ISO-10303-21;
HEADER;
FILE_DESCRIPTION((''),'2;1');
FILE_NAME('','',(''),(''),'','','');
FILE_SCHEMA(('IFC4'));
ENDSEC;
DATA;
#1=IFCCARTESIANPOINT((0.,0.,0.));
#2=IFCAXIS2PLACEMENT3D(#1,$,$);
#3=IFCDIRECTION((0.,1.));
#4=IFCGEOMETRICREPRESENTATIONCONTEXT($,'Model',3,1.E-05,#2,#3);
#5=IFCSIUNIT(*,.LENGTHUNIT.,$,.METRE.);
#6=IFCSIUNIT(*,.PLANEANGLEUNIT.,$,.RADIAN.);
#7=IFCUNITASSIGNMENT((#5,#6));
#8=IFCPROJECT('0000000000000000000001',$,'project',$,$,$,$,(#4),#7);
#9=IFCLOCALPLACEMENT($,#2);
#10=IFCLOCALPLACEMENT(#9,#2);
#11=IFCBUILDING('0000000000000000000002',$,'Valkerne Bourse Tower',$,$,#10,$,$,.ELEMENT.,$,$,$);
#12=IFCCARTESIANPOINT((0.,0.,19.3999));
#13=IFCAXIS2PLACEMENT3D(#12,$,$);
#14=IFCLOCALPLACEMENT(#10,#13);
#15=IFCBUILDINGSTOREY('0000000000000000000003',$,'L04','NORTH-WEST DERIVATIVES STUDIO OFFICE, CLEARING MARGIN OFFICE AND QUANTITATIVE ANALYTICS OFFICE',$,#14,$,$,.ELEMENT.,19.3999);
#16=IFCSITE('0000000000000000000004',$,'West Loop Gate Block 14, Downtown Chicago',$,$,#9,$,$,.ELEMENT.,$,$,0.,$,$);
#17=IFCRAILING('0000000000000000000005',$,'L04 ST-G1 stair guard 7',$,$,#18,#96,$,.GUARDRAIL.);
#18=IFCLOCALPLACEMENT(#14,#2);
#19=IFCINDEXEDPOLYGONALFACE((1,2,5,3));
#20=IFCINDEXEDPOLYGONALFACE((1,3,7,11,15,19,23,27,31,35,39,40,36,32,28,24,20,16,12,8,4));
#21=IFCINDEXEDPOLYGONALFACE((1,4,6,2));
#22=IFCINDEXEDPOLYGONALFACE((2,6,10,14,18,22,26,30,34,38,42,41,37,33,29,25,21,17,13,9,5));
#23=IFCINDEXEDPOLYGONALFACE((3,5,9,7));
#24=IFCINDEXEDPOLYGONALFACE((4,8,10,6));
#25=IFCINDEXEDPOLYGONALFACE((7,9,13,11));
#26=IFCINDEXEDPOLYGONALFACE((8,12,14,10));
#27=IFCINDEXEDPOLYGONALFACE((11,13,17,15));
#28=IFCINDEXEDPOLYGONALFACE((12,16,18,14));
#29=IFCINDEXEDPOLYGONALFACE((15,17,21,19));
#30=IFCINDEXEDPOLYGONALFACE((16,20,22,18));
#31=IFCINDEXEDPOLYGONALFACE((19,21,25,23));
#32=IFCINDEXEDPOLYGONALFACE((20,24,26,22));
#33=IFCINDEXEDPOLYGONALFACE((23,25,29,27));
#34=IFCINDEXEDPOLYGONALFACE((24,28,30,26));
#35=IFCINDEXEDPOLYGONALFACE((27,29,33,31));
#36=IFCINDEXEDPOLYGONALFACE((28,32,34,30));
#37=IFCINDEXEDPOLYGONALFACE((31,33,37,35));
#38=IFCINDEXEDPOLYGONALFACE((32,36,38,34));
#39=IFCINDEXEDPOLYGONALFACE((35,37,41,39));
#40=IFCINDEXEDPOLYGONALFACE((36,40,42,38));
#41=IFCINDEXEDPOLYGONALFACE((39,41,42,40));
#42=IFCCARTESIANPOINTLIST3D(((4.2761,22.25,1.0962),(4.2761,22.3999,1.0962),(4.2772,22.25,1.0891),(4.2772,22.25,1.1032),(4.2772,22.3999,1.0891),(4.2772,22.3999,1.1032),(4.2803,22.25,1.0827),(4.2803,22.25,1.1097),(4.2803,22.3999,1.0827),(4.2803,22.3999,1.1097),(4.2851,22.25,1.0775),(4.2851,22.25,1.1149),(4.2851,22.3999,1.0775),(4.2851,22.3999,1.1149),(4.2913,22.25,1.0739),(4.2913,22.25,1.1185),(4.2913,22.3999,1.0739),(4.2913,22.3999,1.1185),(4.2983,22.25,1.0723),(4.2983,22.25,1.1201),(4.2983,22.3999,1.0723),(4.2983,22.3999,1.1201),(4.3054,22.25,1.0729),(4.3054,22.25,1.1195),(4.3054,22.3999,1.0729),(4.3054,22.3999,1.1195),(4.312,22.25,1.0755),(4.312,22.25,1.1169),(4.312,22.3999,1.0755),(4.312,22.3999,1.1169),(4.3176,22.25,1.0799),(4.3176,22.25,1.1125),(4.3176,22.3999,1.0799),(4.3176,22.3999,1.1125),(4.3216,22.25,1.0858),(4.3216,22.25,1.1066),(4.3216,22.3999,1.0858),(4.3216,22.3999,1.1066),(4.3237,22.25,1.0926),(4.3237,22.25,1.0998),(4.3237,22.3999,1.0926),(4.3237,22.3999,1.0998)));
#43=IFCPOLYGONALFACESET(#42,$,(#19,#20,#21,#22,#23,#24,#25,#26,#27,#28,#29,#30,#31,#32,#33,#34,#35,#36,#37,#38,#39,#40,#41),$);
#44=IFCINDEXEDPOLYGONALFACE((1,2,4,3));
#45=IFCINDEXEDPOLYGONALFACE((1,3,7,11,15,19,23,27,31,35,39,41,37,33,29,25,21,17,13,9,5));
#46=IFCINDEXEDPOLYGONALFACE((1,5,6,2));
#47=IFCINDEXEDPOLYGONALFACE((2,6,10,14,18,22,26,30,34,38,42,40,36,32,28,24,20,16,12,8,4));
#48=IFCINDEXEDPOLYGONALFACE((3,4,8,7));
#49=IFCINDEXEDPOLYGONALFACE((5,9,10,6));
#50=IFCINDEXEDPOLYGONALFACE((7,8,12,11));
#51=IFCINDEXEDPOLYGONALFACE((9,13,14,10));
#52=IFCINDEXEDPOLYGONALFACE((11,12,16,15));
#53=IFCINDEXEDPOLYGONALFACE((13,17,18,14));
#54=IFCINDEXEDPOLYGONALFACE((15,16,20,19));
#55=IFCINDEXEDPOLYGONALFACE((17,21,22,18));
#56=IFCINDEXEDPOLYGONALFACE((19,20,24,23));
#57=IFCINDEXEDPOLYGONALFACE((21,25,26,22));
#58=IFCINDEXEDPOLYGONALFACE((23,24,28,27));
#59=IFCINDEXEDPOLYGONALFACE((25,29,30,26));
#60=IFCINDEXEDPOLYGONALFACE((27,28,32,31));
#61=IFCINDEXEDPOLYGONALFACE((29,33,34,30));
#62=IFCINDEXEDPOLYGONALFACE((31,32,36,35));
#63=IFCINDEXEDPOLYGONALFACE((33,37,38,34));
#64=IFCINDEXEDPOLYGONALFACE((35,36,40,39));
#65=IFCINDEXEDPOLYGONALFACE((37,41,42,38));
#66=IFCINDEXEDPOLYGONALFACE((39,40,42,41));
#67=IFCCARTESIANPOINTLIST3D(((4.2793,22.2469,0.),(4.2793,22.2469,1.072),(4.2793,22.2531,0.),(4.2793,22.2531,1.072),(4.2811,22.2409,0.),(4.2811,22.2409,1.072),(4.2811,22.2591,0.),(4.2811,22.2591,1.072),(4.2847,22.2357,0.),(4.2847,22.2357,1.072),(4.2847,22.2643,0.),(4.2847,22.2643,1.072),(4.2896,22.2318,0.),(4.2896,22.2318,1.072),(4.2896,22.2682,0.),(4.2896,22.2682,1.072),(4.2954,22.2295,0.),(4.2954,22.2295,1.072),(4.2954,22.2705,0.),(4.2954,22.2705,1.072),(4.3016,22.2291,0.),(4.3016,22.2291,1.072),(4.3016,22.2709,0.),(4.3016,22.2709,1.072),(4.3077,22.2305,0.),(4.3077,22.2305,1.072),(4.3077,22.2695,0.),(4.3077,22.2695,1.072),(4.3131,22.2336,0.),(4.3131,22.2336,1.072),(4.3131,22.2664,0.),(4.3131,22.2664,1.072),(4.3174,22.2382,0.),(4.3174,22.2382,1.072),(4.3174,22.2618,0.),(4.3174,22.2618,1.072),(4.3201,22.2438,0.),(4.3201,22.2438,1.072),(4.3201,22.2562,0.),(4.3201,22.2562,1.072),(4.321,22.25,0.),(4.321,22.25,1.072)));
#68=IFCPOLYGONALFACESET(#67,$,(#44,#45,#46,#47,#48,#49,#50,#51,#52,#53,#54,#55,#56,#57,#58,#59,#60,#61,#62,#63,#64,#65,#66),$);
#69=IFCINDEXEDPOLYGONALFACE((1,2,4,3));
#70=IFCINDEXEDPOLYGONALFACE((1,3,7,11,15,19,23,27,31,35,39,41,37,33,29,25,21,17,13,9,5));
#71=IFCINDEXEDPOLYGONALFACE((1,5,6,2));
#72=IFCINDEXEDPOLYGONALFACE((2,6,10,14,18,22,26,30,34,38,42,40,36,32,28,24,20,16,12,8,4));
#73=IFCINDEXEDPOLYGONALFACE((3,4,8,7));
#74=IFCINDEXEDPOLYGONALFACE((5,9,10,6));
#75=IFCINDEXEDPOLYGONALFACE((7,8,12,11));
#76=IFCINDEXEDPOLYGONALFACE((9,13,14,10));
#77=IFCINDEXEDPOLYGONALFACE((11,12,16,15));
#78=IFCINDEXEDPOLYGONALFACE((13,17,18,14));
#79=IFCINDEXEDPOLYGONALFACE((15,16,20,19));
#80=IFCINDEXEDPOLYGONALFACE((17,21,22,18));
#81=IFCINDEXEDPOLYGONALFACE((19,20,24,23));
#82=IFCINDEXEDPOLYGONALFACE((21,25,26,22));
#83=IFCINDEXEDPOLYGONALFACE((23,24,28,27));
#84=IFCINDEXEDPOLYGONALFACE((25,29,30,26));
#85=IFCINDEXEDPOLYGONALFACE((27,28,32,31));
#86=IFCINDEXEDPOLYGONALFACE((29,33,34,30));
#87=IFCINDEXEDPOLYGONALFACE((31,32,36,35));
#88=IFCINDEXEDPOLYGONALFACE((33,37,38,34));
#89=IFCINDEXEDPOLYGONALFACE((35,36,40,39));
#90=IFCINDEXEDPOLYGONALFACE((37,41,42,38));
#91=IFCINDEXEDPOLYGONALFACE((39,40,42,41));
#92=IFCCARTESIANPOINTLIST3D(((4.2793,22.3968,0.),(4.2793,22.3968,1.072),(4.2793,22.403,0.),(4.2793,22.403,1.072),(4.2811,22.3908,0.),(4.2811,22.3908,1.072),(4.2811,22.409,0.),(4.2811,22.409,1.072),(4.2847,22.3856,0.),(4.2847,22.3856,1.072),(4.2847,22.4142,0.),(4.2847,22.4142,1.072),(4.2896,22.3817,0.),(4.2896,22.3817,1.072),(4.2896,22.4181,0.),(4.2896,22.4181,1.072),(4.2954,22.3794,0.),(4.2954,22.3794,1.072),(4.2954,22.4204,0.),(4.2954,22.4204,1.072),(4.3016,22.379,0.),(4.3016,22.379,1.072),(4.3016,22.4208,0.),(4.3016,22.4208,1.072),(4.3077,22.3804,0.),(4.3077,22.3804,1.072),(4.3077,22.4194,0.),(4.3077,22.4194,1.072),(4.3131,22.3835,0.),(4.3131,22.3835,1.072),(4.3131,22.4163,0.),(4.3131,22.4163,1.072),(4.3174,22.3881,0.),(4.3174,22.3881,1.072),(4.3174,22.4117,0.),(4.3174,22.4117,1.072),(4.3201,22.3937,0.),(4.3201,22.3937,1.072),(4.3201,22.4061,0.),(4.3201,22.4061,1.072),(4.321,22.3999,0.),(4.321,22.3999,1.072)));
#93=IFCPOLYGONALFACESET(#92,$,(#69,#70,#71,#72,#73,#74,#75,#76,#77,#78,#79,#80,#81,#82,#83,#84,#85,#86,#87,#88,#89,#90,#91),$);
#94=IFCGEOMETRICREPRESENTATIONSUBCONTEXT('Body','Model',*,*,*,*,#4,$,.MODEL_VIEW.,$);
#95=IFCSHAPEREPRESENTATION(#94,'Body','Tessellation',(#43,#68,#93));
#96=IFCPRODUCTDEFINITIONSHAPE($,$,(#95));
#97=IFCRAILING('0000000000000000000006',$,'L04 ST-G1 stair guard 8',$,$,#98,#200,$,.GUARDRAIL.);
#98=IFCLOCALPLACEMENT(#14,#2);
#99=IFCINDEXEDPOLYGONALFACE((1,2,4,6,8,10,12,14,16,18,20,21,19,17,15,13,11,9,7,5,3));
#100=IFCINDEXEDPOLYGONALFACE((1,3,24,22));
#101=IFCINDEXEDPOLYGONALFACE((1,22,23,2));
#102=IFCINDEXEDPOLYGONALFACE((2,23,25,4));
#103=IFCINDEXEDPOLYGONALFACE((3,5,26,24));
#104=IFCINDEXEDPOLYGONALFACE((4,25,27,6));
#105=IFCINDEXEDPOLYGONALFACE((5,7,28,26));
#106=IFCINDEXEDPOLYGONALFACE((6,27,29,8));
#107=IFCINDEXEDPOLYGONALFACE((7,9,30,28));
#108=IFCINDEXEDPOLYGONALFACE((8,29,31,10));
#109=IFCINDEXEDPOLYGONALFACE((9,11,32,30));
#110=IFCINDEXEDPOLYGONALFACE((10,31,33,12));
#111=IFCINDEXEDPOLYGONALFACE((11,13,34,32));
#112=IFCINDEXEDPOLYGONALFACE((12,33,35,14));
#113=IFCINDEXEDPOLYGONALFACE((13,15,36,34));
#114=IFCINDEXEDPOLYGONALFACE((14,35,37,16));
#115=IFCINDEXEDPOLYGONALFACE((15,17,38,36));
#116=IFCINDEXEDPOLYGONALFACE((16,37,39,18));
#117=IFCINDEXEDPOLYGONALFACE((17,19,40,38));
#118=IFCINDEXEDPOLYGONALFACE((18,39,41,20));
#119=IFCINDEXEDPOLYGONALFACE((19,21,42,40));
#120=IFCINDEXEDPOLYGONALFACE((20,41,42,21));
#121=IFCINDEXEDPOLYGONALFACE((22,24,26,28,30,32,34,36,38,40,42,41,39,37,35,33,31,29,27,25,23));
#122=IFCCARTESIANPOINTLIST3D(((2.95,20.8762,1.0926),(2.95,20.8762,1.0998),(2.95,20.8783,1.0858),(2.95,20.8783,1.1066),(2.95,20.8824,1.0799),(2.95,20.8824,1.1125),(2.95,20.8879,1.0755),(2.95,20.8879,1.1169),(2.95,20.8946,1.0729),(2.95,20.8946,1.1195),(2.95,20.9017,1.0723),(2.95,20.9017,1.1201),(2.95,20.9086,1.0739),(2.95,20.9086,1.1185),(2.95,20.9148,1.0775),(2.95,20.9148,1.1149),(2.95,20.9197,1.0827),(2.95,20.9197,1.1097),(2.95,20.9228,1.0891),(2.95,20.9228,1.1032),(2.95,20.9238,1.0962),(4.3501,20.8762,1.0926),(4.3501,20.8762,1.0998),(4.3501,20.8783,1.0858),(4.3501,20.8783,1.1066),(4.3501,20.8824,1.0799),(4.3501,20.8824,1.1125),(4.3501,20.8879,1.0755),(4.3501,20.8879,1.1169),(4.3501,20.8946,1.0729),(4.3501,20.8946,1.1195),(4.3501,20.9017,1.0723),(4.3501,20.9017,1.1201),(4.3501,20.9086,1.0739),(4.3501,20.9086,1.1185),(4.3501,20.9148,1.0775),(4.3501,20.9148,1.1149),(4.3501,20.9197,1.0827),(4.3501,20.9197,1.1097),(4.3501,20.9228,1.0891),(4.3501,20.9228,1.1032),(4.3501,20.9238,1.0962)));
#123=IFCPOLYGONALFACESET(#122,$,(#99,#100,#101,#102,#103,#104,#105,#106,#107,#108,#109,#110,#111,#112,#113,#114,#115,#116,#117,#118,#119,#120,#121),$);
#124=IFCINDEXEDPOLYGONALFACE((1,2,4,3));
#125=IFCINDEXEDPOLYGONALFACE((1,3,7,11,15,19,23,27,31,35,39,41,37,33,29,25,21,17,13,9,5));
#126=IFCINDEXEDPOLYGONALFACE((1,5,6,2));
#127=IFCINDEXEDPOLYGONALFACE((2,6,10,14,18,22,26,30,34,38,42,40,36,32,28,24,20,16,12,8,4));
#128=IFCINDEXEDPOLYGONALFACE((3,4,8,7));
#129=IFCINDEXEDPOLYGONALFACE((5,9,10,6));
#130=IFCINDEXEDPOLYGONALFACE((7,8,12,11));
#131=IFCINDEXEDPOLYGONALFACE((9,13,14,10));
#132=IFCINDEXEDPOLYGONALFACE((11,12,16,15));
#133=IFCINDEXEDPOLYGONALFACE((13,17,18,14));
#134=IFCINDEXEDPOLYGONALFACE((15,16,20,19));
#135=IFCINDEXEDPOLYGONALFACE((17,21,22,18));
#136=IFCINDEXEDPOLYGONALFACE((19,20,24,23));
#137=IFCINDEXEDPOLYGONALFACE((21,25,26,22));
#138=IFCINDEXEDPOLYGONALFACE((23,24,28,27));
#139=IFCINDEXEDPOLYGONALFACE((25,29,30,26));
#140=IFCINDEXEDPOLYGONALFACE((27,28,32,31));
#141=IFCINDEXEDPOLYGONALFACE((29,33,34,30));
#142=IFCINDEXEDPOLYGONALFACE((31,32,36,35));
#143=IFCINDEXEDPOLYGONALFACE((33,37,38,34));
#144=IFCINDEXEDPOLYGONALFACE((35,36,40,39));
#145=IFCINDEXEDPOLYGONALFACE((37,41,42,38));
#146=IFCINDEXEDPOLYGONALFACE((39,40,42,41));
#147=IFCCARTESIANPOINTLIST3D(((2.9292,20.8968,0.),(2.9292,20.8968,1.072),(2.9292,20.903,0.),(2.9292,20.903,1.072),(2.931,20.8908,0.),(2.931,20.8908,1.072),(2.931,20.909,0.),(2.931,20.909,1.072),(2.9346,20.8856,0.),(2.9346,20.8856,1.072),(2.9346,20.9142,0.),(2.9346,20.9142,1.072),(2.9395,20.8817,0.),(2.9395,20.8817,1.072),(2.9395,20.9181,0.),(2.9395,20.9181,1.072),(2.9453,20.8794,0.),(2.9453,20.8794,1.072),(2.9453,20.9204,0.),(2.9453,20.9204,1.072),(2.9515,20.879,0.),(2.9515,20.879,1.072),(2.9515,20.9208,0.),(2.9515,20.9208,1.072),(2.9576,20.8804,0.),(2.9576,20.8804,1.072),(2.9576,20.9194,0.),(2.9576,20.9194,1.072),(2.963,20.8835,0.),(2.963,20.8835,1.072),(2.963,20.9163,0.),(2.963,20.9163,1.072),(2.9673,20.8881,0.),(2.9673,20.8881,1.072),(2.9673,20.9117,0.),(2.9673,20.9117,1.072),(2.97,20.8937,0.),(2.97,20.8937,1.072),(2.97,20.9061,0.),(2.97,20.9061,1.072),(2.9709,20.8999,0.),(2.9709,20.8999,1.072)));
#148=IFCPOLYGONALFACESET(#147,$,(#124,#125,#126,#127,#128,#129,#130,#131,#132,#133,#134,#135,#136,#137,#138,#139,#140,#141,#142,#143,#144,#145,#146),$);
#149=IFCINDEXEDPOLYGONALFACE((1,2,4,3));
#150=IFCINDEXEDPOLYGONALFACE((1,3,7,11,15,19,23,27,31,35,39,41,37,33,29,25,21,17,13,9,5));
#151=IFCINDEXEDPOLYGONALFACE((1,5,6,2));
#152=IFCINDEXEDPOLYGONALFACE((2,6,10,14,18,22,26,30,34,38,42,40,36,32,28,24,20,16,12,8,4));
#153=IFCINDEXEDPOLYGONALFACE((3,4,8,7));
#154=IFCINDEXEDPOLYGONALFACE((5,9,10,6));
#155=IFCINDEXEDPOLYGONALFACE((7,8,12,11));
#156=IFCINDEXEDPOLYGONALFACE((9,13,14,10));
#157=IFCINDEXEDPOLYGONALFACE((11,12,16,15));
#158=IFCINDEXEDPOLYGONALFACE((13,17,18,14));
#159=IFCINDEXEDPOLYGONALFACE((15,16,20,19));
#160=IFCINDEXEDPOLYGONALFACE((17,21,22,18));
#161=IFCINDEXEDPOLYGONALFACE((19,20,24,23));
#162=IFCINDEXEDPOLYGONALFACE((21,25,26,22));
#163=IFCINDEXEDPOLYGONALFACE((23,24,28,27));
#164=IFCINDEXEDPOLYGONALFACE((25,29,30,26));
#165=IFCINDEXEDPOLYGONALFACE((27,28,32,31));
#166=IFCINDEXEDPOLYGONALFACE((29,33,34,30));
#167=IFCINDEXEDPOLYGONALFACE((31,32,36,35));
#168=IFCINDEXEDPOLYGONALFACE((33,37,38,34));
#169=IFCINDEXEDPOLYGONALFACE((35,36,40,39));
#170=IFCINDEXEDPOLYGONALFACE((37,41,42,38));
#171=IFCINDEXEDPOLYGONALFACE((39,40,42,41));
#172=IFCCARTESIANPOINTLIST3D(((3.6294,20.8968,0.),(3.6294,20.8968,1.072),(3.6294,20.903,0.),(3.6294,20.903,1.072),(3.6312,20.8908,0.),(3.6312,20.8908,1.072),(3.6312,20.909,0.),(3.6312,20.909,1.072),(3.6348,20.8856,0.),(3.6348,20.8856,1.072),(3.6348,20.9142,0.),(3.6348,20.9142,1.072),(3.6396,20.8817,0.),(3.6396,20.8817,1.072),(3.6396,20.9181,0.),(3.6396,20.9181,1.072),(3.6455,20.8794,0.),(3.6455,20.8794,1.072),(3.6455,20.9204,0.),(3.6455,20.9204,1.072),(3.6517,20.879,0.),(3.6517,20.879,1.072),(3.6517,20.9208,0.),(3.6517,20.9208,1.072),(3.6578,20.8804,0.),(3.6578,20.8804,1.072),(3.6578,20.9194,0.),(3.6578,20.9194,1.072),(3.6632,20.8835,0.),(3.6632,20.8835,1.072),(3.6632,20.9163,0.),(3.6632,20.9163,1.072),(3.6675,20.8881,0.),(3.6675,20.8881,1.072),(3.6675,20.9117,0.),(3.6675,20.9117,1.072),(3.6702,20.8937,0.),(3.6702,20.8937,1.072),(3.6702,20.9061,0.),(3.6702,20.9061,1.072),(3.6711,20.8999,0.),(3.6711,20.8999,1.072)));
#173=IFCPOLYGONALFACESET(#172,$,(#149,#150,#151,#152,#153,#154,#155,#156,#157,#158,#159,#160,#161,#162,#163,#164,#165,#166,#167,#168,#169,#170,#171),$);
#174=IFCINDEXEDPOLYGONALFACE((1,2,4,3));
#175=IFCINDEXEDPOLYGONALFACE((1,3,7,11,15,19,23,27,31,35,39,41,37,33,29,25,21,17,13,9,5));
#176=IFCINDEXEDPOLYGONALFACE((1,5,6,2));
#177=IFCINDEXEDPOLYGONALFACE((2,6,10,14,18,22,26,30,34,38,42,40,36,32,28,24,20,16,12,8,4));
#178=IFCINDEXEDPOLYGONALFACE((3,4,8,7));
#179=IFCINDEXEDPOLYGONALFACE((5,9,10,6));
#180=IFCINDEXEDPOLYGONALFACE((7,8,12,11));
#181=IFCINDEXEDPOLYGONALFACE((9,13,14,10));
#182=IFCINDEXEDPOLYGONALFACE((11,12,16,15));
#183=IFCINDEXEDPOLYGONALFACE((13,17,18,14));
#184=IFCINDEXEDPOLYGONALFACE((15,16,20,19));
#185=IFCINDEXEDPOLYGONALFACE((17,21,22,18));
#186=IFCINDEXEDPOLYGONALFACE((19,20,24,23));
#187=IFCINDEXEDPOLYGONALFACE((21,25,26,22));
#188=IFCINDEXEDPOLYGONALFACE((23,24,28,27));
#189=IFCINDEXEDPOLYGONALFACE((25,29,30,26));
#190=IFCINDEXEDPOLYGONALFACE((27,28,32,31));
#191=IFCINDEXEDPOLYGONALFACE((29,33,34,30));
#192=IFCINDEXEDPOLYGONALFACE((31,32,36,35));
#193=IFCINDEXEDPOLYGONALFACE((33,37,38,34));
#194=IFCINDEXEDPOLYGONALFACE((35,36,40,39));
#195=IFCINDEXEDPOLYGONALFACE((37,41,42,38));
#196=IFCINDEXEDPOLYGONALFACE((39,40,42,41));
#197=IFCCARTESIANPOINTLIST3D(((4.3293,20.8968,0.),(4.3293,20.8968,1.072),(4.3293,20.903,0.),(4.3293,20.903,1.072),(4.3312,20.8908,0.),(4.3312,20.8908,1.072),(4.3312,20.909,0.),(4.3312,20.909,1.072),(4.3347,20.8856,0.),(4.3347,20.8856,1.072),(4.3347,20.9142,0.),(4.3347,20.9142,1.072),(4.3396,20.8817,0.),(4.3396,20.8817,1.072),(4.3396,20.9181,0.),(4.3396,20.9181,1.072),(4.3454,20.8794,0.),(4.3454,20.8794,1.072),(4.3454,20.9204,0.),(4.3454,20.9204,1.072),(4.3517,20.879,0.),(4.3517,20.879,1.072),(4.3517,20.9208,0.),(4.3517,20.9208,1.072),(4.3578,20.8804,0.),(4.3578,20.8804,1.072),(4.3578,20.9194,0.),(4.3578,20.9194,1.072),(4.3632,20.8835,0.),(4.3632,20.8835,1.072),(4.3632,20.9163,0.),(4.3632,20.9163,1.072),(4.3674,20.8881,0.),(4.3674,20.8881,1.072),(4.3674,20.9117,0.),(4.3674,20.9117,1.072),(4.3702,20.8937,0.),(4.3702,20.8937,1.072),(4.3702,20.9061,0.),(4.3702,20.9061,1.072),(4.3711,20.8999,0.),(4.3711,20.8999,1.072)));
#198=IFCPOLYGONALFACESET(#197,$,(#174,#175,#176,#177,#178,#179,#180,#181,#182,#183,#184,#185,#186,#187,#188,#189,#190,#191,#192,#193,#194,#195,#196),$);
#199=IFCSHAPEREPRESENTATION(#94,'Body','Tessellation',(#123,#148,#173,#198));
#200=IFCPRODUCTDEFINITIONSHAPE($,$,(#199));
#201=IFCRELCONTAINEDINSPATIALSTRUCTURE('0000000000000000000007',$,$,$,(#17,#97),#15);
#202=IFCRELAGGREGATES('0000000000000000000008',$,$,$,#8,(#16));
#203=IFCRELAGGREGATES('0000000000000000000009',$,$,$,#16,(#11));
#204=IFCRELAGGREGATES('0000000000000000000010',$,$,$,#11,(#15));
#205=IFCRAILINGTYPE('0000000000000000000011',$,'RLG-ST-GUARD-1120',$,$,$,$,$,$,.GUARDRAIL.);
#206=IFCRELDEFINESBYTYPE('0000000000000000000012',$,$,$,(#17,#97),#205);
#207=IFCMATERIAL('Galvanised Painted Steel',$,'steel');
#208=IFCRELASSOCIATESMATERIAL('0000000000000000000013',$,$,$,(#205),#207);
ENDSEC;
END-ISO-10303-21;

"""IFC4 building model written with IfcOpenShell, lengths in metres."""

from ifc_helpers import new_model, si_unit, direction, frame, origin, origin_2d, place, context, subcontext, project, spatial, circle, extrude, material, type_object, element, save


model = new_model("IFC4")

# Units and contexts
model_context = context("Model", 3, precision=1e-05, world=origin(), true_north=direction((0.0, 1.0)))
body_context = subcontext(model_context, "Body", "Model", "MODEL_VIEW")
ifc_project = project(units=[si_unit("LENGTHUNIT", "METRE"), si_unit("PLANEANGLEUNIT", "RADIAN")], contexts=[model_context])

# Site, building, storey
site_placement = place(None, origin())
site = spatial("IfcSite", under=ifc_project, at=site_placement, Name="West Loop Gate Block 14, Downtown Chicago", CompositionType="ELEMENT", RefElevation=0.0)
building_placement = place(site_placement, origin())
building = spatial("IfcBuilding", under=site, at=building_placement, Name="Valkerne Bourse Tower", CompositionType="ELEMENT")
storey_placement = place(building_placement, frame((0.0, 0.0, 19.3999)))
storey = spatial("IfcBuildingStorey", under=building, at=storey_placement, Name="L04", Description="NORTH-WEST DERIVATIVES STUDIO OFFICE, CLEARING MARGIN OFFICE AND QUANTITATIVE ANALYTICS OFFICE", CompositionType="ELEMENT", Elevation=19.3999)

# Shared definitions
ifc_material_1 = material(Name="Galvanised Painted Steel", Category="steel")

# Railings
railing_type_1 = type_object("IfcRailingType", Name="RLG-ST-GUARD-1120", PredefinedType="GUARDRAIL", material=ifc_material_1)
railing_1_placement = place(storey_placement, frame((4.3, 22.25, 0.0)))
element("IfcRailing", 1, at=railing_1_placement, inside=storey, type_object=railing_type_1, Name="L04 ST-G1 stair guard 7", PredefinedType="GUARDRAIL", context=body_context, shape_type="SweptSolid", body=[
    extrude(circle(Radius=0.0239, at=origin_2d()), frame((0.0, 0.0, 1.0962), z_axis=(0.0, 1.0, 0.0), x_axis=(-1.0, 0.0, 0.0)), (0.0, 0.0, 1.0), 0.1499),
    extrude(circle(Radius=0.021, at=origin_2d()), origin(), (0.0, 0.0, 1.0), 1.072),
    extrude(circle(Radius=0.021, at=origin_2d()), frame((0.0, 0.1499, 0.0)), (0.0, 0.0, 1.0), 1.072),
])
for number, where, name in (
    (2, (2.95, 20.8999, 0.0), "L04 ST-G1 stair guard 8"),
):
    element("IfcRailing", number, at=place(storey_placement, frame(where)), inside=storey, type_object=railing_type_1, Name=name, PredefinedType="GUARDRAIL", context=body_context, shape_type="SweptSolid", body=[
        extrude(circle(Radius=0.0239, at=origin_2d()), frame((0.0, 0.0, 1.0962), z_axis=(1.0, 0.0, 0.0), x_axis=(0.0, 1.0, 0.0)), (0.0, 0.0, 1.0), 1.4001),
        extrude(circle(Radius=0.021, at=origin_2d()), origin(), (0.0, 0.0, 1.0), 1.072),
        extrude(circle(Radius=0.021, at=origin_2d()), frame((0.7002, 0.0, 0.0)), (0.0, 0.0, 1.0), 1.072),
        extrude(circle(Radius=0.021, at=origin_2d()), frame((1.4001, 0.0, 0.0)), (0.0, 0.0, 1.0), 1.072),
    ])

save(model, "model.ifc")
